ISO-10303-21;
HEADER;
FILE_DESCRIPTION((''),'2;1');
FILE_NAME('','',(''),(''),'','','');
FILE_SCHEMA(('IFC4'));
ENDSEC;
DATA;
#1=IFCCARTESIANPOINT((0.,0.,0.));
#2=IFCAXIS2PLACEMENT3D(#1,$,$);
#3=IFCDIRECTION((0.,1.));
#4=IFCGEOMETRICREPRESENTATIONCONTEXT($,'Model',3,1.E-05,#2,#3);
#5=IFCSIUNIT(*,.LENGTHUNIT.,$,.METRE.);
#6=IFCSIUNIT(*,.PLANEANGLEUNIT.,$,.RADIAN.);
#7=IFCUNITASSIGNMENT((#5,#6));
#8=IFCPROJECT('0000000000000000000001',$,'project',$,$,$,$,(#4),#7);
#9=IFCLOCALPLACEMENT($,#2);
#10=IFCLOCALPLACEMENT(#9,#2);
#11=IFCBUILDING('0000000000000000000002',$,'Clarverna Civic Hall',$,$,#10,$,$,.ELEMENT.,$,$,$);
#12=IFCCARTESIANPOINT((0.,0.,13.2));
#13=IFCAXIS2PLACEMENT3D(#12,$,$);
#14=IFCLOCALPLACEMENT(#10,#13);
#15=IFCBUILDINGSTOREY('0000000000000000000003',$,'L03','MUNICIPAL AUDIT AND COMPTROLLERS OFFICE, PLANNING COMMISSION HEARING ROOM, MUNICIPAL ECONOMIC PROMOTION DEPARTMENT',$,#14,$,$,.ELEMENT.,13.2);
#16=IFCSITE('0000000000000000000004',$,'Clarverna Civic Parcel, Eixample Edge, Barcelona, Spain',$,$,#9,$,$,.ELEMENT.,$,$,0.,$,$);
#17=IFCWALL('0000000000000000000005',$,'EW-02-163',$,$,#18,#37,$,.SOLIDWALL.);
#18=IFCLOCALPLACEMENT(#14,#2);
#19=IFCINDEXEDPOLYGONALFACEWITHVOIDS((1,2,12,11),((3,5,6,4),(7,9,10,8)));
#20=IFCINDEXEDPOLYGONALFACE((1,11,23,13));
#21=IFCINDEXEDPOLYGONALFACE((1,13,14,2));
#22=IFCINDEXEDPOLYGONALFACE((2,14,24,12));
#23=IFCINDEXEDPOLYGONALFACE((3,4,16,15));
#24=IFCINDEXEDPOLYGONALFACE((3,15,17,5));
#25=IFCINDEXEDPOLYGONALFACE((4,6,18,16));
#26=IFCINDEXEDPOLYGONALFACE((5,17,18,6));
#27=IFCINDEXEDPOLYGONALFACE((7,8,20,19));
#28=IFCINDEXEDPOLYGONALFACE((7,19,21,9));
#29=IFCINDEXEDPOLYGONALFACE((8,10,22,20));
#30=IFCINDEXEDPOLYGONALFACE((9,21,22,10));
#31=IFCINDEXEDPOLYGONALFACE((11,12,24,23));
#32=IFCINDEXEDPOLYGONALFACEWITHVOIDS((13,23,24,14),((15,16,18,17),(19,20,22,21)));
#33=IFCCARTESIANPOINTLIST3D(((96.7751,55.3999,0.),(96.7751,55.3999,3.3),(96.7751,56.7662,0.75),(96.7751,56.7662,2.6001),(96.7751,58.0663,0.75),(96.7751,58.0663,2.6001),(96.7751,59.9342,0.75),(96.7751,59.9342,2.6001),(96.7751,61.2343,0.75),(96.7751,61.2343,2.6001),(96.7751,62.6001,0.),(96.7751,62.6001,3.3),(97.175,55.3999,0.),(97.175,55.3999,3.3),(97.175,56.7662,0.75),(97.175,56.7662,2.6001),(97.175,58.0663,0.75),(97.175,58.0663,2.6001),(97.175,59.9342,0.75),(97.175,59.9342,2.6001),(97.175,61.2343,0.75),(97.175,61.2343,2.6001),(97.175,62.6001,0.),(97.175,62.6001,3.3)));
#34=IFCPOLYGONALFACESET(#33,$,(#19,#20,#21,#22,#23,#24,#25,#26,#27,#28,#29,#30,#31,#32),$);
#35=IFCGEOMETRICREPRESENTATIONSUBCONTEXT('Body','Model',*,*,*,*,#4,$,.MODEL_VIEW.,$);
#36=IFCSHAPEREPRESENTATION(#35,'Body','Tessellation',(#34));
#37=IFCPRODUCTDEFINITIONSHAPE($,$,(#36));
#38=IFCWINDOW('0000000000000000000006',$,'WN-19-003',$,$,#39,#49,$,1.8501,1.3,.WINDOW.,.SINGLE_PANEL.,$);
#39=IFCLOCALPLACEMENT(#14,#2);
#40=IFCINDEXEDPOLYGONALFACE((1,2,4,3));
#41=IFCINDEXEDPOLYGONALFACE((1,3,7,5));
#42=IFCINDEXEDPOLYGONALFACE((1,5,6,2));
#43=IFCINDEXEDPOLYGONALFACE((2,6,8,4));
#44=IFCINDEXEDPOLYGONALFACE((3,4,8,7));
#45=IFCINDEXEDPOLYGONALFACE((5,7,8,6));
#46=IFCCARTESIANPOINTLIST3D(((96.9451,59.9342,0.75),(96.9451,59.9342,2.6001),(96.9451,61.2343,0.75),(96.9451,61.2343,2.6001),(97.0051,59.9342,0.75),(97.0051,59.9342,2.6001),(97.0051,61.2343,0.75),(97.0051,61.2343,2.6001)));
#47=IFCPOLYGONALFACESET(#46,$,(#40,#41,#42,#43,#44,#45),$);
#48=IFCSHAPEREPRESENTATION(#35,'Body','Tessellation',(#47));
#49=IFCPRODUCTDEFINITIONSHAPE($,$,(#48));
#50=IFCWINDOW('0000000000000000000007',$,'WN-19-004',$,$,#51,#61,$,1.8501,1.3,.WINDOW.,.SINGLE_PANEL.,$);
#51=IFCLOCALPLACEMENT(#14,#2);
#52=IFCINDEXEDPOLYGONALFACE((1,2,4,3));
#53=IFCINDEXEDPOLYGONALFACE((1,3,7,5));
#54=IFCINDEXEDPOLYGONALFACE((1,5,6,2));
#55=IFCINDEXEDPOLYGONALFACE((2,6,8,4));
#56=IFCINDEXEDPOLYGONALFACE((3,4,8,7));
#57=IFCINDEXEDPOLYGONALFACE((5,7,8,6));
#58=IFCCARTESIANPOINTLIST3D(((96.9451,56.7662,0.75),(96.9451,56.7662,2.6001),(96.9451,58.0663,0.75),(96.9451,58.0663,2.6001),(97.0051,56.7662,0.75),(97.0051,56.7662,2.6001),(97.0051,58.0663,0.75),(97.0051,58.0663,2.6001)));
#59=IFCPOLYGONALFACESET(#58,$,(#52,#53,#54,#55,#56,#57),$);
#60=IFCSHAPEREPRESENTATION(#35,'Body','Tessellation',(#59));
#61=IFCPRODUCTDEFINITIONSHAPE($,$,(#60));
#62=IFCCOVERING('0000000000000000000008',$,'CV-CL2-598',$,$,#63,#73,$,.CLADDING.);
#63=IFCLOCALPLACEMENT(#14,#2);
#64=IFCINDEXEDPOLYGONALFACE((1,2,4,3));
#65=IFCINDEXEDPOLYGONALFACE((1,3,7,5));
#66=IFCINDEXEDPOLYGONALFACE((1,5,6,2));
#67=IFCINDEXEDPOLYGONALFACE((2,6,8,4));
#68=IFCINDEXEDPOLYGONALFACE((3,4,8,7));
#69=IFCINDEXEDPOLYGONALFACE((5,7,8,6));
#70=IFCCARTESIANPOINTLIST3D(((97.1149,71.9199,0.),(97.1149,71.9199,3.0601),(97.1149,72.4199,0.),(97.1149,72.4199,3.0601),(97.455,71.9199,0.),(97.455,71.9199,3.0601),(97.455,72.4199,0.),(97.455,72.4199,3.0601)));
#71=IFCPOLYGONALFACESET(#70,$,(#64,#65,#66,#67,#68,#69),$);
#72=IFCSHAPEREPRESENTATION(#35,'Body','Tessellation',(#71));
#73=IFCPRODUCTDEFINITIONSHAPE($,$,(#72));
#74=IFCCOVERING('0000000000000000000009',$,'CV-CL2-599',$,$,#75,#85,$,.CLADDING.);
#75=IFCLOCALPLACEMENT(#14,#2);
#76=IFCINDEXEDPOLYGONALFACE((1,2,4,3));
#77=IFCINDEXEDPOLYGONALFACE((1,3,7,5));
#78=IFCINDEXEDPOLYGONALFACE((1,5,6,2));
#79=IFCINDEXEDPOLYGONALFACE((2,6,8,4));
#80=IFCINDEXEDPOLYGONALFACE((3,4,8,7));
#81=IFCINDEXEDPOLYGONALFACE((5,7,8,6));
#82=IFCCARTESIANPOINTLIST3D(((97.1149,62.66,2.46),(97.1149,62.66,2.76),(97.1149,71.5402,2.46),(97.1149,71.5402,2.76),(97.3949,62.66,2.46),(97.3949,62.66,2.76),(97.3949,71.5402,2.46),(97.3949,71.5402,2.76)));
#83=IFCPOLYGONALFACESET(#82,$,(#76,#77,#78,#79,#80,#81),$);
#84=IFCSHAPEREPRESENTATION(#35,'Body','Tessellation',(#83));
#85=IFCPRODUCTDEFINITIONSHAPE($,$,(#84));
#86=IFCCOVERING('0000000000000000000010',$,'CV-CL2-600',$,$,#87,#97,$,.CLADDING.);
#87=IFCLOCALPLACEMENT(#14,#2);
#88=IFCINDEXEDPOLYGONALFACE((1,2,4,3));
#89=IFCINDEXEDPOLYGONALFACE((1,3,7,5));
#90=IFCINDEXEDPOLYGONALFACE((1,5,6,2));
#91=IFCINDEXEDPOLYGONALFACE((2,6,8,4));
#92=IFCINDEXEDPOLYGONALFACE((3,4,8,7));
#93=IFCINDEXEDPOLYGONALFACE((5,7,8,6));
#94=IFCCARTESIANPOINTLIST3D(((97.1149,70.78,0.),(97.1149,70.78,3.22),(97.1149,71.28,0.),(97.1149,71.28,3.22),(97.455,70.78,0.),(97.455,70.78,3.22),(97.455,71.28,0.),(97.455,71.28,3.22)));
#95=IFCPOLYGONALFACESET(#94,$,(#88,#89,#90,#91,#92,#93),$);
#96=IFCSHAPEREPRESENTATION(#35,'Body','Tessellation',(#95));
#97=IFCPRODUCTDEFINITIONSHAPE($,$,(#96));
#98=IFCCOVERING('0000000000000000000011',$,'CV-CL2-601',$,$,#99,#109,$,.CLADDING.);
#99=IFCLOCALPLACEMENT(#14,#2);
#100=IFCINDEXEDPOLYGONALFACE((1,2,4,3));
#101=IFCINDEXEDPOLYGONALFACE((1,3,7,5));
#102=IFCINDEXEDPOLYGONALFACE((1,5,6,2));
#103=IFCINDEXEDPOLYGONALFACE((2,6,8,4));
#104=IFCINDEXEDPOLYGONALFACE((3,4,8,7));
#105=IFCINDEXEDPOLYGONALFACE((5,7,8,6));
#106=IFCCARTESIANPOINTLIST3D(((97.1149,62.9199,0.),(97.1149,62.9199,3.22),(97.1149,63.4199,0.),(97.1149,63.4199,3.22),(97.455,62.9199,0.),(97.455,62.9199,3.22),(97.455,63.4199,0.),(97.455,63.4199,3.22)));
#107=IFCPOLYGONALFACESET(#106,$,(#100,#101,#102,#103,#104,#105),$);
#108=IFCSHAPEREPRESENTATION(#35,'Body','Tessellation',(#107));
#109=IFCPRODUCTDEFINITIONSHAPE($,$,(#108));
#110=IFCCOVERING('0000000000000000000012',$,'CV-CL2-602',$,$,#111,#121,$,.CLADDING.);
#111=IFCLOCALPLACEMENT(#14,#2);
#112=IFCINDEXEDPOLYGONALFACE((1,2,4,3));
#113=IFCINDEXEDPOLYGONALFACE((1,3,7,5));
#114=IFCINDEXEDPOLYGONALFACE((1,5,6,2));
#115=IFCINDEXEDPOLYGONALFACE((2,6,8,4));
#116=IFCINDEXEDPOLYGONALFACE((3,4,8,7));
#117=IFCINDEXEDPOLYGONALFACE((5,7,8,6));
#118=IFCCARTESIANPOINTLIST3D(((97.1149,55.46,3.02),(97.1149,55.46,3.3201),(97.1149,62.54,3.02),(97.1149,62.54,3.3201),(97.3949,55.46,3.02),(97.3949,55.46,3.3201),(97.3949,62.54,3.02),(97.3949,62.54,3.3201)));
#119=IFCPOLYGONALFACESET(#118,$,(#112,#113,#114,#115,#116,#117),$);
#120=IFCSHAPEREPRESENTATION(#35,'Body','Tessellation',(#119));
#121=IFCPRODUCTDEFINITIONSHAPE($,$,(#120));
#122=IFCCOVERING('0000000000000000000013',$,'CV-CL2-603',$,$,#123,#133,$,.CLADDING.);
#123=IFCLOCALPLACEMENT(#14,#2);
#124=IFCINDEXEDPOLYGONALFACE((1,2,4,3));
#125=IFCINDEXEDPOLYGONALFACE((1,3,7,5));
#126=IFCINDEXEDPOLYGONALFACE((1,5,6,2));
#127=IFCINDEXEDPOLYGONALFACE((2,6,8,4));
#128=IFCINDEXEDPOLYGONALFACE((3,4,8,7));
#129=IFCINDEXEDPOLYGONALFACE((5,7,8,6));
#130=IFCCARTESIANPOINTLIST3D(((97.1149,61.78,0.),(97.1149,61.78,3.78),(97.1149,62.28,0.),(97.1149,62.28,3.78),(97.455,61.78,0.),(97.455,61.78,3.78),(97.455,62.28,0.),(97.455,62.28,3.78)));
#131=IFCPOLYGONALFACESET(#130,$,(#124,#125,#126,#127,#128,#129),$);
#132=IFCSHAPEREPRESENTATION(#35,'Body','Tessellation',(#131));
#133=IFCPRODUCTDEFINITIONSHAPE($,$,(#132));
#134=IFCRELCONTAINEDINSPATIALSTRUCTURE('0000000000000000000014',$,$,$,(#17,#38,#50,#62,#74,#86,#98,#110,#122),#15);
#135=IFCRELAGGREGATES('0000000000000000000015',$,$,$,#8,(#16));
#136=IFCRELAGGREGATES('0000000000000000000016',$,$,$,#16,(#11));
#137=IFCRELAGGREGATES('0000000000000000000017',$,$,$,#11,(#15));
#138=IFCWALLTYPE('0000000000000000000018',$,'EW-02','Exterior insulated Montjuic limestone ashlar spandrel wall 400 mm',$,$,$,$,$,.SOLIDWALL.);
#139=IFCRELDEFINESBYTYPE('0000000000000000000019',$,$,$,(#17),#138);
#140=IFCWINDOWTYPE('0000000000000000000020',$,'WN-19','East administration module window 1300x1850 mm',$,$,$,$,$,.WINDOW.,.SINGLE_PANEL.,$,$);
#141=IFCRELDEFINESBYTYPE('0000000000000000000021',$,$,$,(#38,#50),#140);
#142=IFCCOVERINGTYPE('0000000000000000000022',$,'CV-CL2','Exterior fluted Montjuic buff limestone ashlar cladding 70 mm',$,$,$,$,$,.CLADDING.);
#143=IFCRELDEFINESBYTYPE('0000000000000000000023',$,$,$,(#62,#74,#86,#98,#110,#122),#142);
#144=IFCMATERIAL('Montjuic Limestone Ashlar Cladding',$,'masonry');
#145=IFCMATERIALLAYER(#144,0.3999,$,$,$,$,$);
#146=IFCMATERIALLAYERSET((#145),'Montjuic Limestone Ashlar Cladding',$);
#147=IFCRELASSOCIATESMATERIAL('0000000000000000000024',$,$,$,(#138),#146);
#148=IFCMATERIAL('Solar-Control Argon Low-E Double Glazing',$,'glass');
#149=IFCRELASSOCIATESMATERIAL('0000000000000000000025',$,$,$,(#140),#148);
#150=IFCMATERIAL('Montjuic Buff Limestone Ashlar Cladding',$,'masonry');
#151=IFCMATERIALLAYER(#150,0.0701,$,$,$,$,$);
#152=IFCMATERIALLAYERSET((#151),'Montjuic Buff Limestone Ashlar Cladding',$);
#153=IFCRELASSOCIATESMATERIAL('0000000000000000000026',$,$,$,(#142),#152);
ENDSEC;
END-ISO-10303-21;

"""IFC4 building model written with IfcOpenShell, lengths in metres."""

from ifc_helpers import new_model, si_unit, direction, frame, frame_2d, origin, place, context, subcontext, project, spatial, rectangle, extrude, material, layer, layer_set, type_object, element, fill, save


model = new_model("IFC4")

# Units and contexts
model_context = context("Model", 3, precision=1e-05, world=origin(), true_north=direction((0.0, 1.0)))
body_context = subcontext(model_context, "Body", "Model", "MODEL_VIEW")
ifc_project = project(units=[si_unit("LENGTHUNIT", "METRE"), si_unit("PLANEANGLEUNIT", "RADIAN")], contexts=[model_context])

# Site, building, storey
site_placement = place(None, origin())
site = spatial("IfcSite", under=ifc_project, at=site_placement, Name="Clarverna Civic Parcel, Eixample Edge, Barcelona, Spain", CompositionType="ELEMENT", RefElevation=0.0)
building_placement = place(site_placement, origin())
building = spatial("IfcBuilding", under=site, at=building_placement, Name="Clarverna Civic Hall", CompositionType="ELEMENT")
storey_placement = place(building_placement, frame((0.0, 0.0, 13.2)))
storey = spatial("IfcBuildingStorey", under=building, at=storey_placement, Name="L03", Description="MUNICIPAL AUDIT AND COMPTROLLERS OFFICE, PLANNING COMMISSION HEARING ROOM, MUNICIPAL ECONOMIC PROMOTION DEPARTMENT", CompositionType="ELEMENT", Elevation=13.2)

# Wall, openings, windows
ifc_material_1 = material(Name="Montjuic Limestone Ashlar Cladding", Category="masonry")
ifc_layer_1 = layer(ifc_material_1, 0.3999)
ifc_layer_set_1 = layer_set([ifc_layer_1], Name="Montjuic Limestone Ashlar Cladding")
wall_type = type_object("IfcWallType", Name="EW-02", Description="Exterior insulated Montjuic limestone ashlar spandrel wall 400 mm", PredefinedType="SOLIDWALL", material=ifc_layer_set_1)
ifc_material_2 = material(Name="Solar-Control Argon Low-E Double Glazing", Category="glass")
wall_1_placement = place(storey_placement, frame((96.9751, 62.6001, 0.0), z_axis=(0.0, 0.0, 1.0), x_axis=(0.0, -1.0, 0.0)))
wall_1 = element("IfcWall", 1, at=wall_1_placement, inside=storey, type_object=wall_type, Name="EW-02-163", PredefinedType="SOLIDWALL", context=body_context, shape_type="SweptSolid", body=[
    extrude(rectangle(XDim=7.2002, YDim=0.3999, at=frame_2d((3.6001, 0.0))), origin(), (0.0, 0.0, 1.0), 3.3),
])
opening_1_placement = place(wall_1_placement, frame((1.366, 0.0, 0.75)))
opening_1 = element("IfcOpeningElement", 2, at=opening_1_placement, cuts=wall_1, PredefinedType="OPENING", context=body_context, shape_type="SweptSolid", body=[
    extrude(rectangle(XDim=1.3, YDim=1.8501, at=frame_2d((0.6499, 0.925))), frame((0.0, 0.21, 0.0), z_axis=(0.0, -1.0, 0.0), x_axis=(1.0, 0.0, 0.0)), (0.0, 0.0, 1.0), 0.4199),
])
opening_2_placement = place(wall_1_placement, frame((4.5339, 0.0, 0.75)))
opening_2 = element("IfcOpeningElement", 3, at=opening_2_placement, cuts=wall_1, PredefinedType="OPENING", context=body_context, shape_type="SweptSolid", body=[
    extrude(rectangle(XDim=1.3, YDim=1.8501, at=frame_2d((0.6499, 0.925))), frame((0.0, 0.21, 0.0), z_axis=(0.0, -1.0, 0.0), x_axis=(1.0, 0.0, 0.0)), (0.0, 0.0, 1.0), 0.4199),
])
window_type_1 = type_object("IfcWindowType", Name="WN-19", Description="East administration module window 1300x1850 mm", PartitioningType="SINGLE_PANEL", PredefinedType="WINDOW", material=ifc_material_2)
window_1_placement = place(opening_1_placement, origin())
window_1 = element("IfcWindow", 4, at=window_1_placement, inside=storey, type_object=window_type_1, Name="WN-19-003", OverallHeight=1.8501, OverallWidth=1.3, PartitioningType="SINGLE_PANEL", PredefinedType="WINDOW", context=body_context, shape_type="SweptSolid", body=[
    extrude(rectangle(XDim=1.3, YDim=1.8501, at=frame_2d((0.6499, 0.925))), frame((0.0, 0.03, 0.0), z_axis=(0.0, -1.0, 0.0), x_axis=(1.0, 0.0, 0.0)), (0.0, 0.0, 1.0), 0.0601),
])
fill(opening_1, window_1)
window_2_placement = place(opening_2_placement, origin())
window_2 = element("IfcWindow", 5, at=window_2_placement, inside=storey, type_object=window_type_1, Name="WN-19-004", OverallHeight=1.8501, OverallWidth=1.3, PartitioningType="SINGLE_PANEL", PredefinedType="WINDOW", context=body_context, shape_type="SweptSolid", body=[
    extrude(rectangle(XDim=1.3, YDim=1.8501, at=frame_2d((0.6499, 0.925))), frame((0.0, 0.03, 0.0), z_axis=(0.0, -1.0, 0.0), x_axis=(1.0, 0.0, 0.0)), (0.0, 0.0, 1.0), 0.0601),
])
fill(opening_2, window_2)

# Coverings
ifc_material_3 = material(Name="Montjuic Buff Limestone Ashlar Cladding", Category="masonry")
ifc_layer_2 = layer(ifc_material_3, 0.0701)
ifc_layer_set_2 = layer_set([ifc_layer_2], Name="Montjuic Buff Limestone Ashlar Cladding")
covering_type = type_object("IfcCoveringType", Name="CV-CL2", Description="Exterior fluted Montjuic buff limestone ashlar cladding 70 mm", PredefinedType="CLADDING", material=ifc_layer_set_2)
covering_1_placement = place(storey_placement, frame((97.2849, 72.4199, 0.0), z_axis=(0.0, 0.0, 1.0), x_axis=(0.0, -1.0, 0.0)))
element("IfcCovering", 6, at=covering_1_placement, inside=storey, type_object=covering_type, Name="CV-CL2-598", PredefinedType="CLADDING", context=body_context, shape_type="SweptSolid", body=[
    extrude(rectangle(XDim=0.5, YDim=0.3401, at=frame_2d((0.25, 0.0))), origin(), (0.0, 0.0, 1.0), 3.0601),
])
covering_2_placement = place(storey_placement, frame((97.2549, 71.54, 2.46), z_axis=(0.0, 0.0, 1.0), x_axis=(0.0, -1.0, 0.0)))
element("IfcCovering", 7, at=covering_2_placement, inside=storey, type_object=covering_type, Name="CV-CL2-599", PredefinedType="CLADDING", context=body_context, shape_type="SweptSolid", body=[
    extrude(rectangle(XDim=8.8801, YDim=0.28, at=frame_2d((4.4399, 0.0))), origin(), (0.0, 0.0, 1.0), 0.3),
])
for number, where, z_axis, x_axis, name in (
    (8, (97.2849, 71.28, 0.0), (0.0, 0.0, 1.0), (0.0, -1.0, 0.0), "CV-CL2-600"),
    (9, (97.2849, 63.4199, 0.0), (0.0, 0.0, 1.0), (0.0, -1.0, 0.0), "CV-CL2-601"),
):
    element("IfcCovering", number, at=place(storey_placement, frame(where, z_axis=z_axis, x_axis=x_axis)), inside=storey, type_object=covering_type, Name=name, PredefinedType="CLADDING", context=body_context, shape_type="SweptSolid", body=[
        extrude(rectangle(XDim=0.5, YDim=0.3401, at=frame_2d((0.25, 0.0))), origin(), (0.0, 0.0, 1.0), 3.22),
    ])
covering_3_placement = place(storey_placement, frame((97.2549, 62.54, 3.02), z_axis=(0.0, 0.0, 1.0), x_axis=(0.0, -1.0, 0.0)))
element("IfcCovering", 10, at=covering_3_placement, inside=storey, type_object=covering_type, Name="CV-CL2-602", PredefinedType="CLADDING", context=body_context, shape_type="SweptSolid", body=[
    extrude(rectangle(XDim=7.0801, YDim=0.28, at=frame_2d((3.54, 0.0))), origin(), (0.0, 0.0, 1.0), 0.3),
])
covering_4_placement = place(storey_placement, frame((97.2849, 62.28, 0.0), z_axis=(0.0, 0.0, 1.0), x_axis=(0.0, -1.0, 0.0)))
element("IfcCovering", 11, at=covering_4_placement, inside=storey, type_object=covering_type, Name="CV-CL2-603", PredefinedType="CLADDING", context=body_context, shape_type="SweptSolid", body=[
    extrude(rectangle(XDim=0.5, YDim=0.3401, at=frame_2d((0.25, 0.0))), origin(), (0.0, 0.0, 1.0), 3.78),
])

save(model, "model.ifc")
